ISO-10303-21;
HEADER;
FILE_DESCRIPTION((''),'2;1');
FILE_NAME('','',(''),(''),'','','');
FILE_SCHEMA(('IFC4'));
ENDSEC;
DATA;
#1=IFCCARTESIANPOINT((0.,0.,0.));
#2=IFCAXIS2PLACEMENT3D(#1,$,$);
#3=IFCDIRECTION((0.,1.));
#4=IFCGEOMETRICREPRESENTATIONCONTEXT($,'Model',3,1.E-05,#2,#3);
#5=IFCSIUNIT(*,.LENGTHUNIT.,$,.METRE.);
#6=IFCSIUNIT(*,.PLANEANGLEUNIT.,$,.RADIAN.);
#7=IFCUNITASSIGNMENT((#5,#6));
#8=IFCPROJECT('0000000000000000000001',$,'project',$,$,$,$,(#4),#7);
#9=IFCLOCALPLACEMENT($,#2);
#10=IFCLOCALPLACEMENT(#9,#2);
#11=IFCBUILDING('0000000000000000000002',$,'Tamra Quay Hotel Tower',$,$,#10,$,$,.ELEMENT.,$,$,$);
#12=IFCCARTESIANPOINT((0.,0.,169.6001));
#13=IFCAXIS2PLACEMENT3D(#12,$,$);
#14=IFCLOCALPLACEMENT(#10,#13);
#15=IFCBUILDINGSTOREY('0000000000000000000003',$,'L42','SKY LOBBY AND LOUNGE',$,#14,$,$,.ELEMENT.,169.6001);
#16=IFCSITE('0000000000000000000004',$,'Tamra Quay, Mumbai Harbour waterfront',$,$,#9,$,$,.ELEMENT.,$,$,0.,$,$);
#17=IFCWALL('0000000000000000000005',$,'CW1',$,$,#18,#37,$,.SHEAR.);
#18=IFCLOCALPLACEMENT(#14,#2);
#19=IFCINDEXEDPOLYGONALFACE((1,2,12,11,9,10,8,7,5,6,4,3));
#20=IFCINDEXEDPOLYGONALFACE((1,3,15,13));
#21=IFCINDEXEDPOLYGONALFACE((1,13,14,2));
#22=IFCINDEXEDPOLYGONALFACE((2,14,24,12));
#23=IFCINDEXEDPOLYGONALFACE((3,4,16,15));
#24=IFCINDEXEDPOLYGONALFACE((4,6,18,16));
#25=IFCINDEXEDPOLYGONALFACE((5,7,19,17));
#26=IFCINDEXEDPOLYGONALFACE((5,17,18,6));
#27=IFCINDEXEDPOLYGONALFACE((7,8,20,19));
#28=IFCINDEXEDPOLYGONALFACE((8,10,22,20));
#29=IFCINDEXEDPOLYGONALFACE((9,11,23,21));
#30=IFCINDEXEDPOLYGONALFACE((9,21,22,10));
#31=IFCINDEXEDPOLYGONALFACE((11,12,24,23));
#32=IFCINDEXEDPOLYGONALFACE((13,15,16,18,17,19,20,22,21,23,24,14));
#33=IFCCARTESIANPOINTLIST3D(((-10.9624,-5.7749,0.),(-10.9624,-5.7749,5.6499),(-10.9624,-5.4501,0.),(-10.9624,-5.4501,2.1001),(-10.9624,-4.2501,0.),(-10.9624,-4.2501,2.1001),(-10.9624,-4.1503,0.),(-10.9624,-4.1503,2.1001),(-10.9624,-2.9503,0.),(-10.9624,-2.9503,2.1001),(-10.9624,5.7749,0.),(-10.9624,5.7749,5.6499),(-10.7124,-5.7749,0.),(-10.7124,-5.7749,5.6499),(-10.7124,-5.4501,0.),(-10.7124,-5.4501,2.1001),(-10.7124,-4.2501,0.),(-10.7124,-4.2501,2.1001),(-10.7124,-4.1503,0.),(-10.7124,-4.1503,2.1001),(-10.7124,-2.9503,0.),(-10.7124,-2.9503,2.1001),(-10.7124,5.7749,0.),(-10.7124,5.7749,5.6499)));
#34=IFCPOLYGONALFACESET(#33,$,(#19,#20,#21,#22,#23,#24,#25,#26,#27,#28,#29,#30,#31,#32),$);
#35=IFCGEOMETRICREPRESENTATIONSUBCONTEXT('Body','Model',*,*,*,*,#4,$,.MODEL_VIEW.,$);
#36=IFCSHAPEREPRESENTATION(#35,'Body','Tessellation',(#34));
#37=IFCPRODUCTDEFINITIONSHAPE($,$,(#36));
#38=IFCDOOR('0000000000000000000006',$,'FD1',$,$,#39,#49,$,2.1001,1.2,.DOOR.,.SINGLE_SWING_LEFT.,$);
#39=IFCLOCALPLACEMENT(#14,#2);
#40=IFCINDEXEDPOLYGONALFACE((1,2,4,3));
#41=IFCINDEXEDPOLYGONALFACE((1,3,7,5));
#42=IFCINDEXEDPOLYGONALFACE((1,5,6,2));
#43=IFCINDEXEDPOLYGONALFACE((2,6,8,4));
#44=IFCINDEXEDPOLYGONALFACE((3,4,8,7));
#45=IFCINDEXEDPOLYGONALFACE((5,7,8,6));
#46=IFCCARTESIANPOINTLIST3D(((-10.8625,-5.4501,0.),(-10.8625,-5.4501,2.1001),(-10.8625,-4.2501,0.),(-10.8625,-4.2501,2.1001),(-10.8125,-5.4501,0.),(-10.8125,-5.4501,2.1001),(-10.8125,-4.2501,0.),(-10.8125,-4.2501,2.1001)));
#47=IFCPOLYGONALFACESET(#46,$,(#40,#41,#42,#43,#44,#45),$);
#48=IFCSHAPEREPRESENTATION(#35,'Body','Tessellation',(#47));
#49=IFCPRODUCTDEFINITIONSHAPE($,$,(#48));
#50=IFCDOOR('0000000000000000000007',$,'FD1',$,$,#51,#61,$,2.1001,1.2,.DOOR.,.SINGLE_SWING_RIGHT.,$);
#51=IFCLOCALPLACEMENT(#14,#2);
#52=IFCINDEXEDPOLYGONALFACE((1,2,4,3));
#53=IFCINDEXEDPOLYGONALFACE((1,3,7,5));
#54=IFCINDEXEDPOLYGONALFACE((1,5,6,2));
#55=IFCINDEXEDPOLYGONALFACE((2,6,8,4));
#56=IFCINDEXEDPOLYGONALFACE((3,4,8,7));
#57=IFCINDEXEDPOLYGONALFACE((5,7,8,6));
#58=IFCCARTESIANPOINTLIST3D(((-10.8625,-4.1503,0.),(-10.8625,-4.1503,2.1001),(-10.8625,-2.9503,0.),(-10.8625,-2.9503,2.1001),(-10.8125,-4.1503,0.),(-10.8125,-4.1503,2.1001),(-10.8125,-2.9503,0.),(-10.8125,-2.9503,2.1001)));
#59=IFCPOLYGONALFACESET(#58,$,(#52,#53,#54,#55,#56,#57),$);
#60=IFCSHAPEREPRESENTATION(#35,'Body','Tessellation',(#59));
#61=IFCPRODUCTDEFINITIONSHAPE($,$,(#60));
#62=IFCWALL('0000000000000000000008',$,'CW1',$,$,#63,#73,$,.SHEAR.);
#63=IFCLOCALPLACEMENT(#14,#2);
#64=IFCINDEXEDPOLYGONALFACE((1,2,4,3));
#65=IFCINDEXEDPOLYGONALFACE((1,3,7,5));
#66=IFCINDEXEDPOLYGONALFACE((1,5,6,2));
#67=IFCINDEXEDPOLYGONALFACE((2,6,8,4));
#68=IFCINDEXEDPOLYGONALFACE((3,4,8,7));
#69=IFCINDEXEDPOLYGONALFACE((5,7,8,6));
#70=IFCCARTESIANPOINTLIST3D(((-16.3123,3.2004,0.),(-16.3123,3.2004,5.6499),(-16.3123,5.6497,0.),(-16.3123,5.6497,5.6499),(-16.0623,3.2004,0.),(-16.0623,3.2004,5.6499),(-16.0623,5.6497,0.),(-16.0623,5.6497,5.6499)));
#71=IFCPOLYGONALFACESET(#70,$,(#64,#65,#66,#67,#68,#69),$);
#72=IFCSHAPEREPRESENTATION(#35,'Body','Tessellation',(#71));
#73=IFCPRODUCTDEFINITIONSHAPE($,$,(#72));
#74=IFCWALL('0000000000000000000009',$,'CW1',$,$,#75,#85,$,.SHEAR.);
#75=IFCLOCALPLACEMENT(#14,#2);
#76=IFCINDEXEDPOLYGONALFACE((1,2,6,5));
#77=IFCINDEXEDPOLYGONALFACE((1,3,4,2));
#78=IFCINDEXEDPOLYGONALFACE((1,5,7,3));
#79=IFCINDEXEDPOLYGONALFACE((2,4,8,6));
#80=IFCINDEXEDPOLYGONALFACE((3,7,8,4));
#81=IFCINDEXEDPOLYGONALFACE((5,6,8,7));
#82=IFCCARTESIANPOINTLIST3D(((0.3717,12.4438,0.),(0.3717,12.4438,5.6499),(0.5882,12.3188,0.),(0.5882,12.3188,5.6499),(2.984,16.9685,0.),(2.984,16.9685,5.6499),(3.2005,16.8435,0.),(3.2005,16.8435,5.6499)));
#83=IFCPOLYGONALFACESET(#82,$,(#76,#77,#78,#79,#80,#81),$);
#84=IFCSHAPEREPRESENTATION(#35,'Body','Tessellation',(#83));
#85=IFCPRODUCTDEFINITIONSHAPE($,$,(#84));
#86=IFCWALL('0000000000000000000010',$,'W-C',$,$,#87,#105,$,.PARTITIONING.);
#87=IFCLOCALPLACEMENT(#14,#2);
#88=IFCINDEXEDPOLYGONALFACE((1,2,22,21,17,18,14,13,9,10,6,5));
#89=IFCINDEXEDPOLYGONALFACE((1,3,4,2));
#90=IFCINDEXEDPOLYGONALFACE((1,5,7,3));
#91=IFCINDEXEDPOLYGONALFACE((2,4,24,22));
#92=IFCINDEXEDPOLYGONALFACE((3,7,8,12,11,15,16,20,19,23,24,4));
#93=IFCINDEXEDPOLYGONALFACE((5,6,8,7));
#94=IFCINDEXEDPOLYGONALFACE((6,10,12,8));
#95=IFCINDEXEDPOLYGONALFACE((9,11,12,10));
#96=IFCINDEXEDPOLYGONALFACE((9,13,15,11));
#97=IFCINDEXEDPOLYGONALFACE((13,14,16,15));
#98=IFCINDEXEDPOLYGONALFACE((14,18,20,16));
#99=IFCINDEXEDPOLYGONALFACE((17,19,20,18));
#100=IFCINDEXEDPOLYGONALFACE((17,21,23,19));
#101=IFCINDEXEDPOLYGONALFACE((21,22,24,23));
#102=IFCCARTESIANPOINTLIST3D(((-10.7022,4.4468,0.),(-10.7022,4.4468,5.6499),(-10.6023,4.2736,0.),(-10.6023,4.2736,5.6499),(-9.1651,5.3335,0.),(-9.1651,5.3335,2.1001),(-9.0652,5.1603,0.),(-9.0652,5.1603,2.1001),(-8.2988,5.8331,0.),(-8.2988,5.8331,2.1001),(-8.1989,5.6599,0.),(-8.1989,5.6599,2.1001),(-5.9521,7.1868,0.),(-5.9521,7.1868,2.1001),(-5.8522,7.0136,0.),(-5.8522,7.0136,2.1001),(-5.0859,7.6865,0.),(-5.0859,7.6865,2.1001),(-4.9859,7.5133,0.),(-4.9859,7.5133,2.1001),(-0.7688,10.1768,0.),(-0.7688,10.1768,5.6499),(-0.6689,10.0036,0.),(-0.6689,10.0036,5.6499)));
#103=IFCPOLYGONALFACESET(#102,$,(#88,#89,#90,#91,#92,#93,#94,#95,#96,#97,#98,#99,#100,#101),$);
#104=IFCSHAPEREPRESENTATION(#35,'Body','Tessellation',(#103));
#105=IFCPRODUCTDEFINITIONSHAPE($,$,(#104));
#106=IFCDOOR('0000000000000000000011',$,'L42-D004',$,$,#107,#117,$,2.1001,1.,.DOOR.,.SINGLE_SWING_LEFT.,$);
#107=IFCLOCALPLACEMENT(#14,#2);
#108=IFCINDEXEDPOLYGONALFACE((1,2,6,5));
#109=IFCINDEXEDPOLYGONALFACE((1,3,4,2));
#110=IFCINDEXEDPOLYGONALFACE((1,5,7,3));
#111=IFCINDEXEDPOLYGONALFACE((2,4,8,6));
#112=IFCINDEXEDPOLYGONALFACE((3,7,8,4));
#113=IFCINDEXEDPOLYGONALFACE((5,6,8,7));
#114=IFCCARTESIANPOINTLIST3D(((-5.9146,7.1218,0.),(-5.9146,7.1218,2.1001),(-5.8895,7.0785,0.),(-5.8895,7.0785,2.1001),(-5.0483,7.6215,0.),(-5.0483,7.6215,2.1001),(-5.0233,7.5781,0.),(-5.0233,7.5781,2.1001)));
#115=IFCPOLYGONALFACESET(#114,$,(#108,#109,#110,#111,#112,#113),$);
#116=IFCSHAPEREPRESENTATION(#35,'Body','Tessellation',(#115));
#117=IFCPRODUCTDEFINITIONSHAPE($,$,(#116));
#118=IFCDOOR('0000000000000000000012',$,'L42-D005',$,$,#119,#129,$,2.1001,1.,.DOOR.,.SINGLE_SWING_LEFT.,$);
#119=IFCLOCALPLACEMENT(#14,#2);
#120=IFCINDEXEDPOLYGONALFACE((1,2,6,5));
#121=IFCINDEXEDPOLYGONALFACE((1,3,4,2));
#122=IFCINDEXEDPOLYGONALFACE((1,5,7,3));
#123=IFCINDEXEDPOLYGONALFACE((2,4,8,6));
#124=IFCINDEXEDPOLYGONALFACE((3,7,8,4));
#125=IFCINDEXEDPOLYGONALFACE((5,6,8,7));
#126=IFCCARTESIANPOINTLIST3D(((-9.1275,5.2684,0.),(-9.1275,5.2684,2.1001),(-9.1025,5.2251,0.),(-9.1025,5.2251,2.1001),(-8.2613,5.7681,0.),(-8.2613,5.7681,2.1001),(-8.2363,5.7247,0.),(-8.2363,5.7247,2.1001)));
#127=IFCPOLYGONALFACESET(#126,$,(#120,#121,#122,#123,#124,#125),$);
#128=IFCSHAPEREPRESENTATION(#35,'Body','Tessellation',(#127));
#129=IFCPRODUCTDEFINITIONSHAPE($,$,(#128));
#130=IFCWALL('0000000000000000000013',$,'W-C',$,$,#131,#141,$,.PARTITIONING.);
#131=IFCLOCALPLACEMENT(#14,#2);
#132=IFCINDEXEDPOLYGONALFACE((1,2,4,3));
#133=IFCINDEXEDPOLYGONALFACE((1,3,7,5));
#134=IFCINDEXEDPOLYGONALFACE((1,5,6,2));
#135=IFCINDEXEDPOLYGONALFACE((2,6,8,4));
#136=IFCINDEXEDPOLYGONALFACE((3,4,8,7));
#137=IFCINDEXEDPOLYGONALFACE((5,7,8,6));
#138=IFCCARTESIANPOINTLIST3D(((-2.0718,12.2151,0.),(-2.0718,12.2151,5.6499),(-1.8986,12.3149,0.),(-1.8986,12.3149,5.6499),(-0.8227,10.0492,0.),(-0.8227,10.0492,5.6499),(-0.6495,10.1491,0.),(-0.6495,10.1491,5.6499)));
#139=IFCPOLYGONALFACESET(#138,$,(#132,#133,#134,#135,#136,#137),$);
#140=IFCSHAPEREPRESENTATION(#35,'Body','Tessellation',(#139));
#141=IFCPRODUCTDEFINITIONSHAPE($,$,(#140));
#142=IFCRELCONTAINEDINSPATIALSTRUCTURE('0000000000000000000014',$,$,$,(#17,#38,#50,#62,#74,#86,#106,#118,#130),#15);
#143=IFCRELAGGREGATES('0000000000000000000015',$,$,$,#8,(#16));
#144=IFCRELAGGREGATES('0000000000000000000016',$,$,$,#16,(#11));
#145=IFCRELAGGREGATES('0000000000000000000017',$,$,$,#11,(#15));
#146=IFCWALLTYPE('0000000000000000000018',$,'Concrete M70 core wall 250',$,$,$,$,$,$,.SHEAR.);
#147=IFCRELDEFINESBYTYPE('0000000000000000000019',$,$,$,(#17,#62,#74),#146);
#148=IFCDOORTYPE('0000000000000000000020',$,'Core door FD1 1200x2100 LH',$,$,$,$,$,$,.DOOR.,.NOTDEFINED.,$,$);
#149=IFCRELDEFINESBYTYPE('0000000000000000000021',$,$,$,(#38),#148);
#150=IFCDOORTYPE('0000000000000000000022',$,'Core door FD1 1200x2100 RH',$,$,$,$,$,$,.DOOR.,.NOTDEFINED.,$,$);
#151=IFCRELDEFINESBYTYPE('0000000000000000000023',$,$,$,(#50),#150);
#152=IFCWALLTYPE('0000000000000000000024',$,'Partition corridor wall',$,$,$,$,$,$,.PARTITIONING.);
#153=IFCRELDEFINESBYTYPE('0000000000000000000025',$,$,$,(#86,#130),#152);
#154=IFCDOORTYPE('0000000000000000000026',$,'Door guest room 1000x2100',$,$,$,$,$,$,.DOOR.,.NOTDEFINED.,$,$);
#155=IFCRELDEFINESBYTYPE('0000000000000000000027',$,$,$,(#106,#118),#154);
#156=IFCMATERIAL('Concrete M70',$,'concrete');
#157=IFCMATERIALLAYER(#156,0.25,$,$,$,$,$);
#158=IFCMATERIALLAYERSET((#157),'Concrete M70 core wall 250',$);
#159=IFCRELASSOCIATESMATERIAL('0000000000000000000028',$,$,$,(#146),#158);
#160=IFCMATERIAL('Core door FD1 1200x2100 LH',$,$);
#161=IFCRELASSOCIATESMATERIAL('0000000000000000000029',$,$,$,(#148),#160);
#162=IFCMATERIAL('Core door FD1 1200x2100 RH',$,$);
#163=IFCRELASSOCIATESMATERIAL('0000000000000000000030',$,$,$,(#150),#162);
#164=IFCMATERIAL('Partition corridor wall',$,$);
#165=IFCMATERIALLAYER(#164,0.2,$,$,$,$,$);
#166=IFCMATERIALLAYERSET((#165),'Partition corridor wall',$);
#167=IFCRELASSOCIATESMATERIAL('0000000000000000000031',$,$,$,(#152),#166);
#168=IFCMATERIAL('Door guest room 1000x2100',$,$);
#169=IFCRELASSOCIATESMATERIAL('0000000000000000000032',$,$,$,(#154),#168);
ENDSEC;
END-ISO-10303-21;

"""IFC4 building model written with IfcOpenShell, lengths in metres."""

from ifc_helpers import new_model, si_unit, direction, frame, frame_2d, origin, place, context, subcontext, project, spatial, rectangle, extrude, material, layer, layer_set, type_object, element, fill, save


model = new_model("IFC4")

# Units and contexts
model_context = context("Model", 3, precision=1e-05, world=origin(), true_north=direction((0.0, 1.0)))
body_context = subcontext(model_context, "Body", "Model", "MODEL_VIEW")
ifc_project = project(units=[si_unit("LENGTHUNIT", "METRE"), si_unit("PLANEANGLEUNIT", "RADIAN")], contexts=[model_context])

# Site, building, storey
site_placement = place(None, origin())
site = spatial("IfcSite", under=ifc_project, at=site_placement, Name="Tamra Quay, Mumbai Harbour waterfront", CompositionType="ELEMENT", RefElevation=0.0)
building_placement = place(site_placement, origin())
building = spatial("IfcBuilding", under=site, at=building_placement, Name="Tamra Quay Hotel Tower", CompositionType="ELEMENT")
storey_placement = place(building_placement, frame((0.0, 0.0, 169.6001)))
storey = spatial("IfcBuildingStorey", under=building, at=storey_placement, Name="L42", Description="SKY LOBBY AND LOUNGE", CompositionType="ELEMENT", Elevation=169.6001)

# Shared definitions
ifc_material_1 = material(Name="Concrete M70", Category="concrete")

# Wall, openings, doors
ifc_layer_1 = layer(ifc_material_1, 0.25)
ifc_layer_set_1 = layer_set([ifc_layer_1], Name="Concrete M70 core wall 250")
wall_type_1 = type_object("IfcWallType", Name="Concrete M70 core wall 250", PredefinedType="SHEAR", material=ifc_layer_set_1)
wall_1_placement = place(storey_placement, frame((-10.8374, 5.7749, 0.0), z_axis=(0.0, 0.0, 1.0), x_axis=(0.0, -1.0, 0.0)))
wall_1 = element("IfcWall", 1, at=wall_1_placement, inside=storey, type_object=wall_type_1, Name="CW1", PredefinedType="SHEAR", context=body_context, shape_type="SweptSolid", body=[
    extrude(rectangle(XDim=11.5498, YDim=0.25, at=frame_2d((5.7749, 0.0))), origin(), (0.0, 0.0, 1.0), 5.6499),
])
opening_1_placement = place(wall_1_placement, frame((10.0249, 0.0, 0.0)))
opening_1 = element("IfcOpeningElement", 2, at=opening_1_placement, cuts=wall_1, PredefinedType="OPENING", context=body_context, shape_type="SweptSolid", body=[
    extrude(rectangle(XDim=1.2, YDim=2.1001, at=frame_2d((0.6001, 1.05))), frame((0.0, 0.135, 0.0), z_axis=(0.0, -1.0, 0.0), x_axis=(1.0, 0.0, 0.0)), (0.0, 0.0, 1.0), 0.27),
])
opening_2_placement = place(wall_1_placement, frame((8.7251, 0.0, 0.0)))
opening_2 = element("IfcOpeningElement", 3, at=opening_2_placement, cuts=wall_1, PredefinedType="OPENING", context=body_context, shape_type="SweptSolid", body=[
    extrude(rectangle(XDim=1.2, YDim=2.1001, at=frame_2d((0.6001, 1.05))), frame((0.0, 0.135, 0.0), z_axis=(0.0, -1.0, 0.0), x_axis=(1.0, 0.0, 0.0)), (0.0, 0.0, 1.0), 0.27),
])
ifc_material_2 = material(Name="Core door FD1 1200x2100 LH")
door_type_1 = type_object("IfcDoorType", Name="Core door FD1 1200x2100 LH", OperationType="NOTDEFINED", PredefinedType="DOOR", material=ifc_material_2)
door_1_placement = place(opening_1_placement, origin())
door_1 = element("IfcDoor", 4, at=door_1_placement, inside=storey, type_object=door_type_1, Name="FD1", OperationType="SINGLE_SWING_LEFT", OverallHeight=2.1001, OverallWidth=1.2, PredefinedType="DOOR", context=body_context, shape_type="SweptSolid", body=[
    extrude(rectangle(XDim=1.2, YDim=2.1001, at=frame_2d((0.6001, 1.05))), frame((0.0, 0.0249, 0.0), z_axis=(0.0, -1.0, 0.0), x_axis=(1.0, 0.0, 0.0)), (0.0, 0.0, 1.0), 0.05),
])
fill(opening_1, door_1)
ifc_material_3 = material(Name="Core door FD1 1200x2100 RH")
door_type_2 = type_object("IfcDoorType", Name="Core door FD1 1200x2100 RH", OperationType="NOTDEFINED", PredefinedType="DOOR", material=ifc_material_3)
door_2_placement = place(opening_2_placement, origin())
door_2 = element("IfcDoor", 5, at=door_2_placement, inside=storey, type_object=door_type_2, Name="FD1", OperationType="SINGLE_SWING_RIGHT", OverallHeight=2.1001, OverallWidth=1.2, PredefinedType="DOOR", context=body_context, shape_type="SweptSolid", body=[
    extrude(rectangle(XDim=1.2, YDim=2.1001, at=frame_2d((0.6001, 1.05))), frame((0.0, 0.0249, 0.0), z_axis=(0.0, -1.0, 0.0), x_axis=(1.0, 0.0, 0.0)), (0.0, 0.0, 1.0), 0.05),
])
fill(opening_2, door_2)

# Walls
wall_2_placement = place(storey_placement, frame((-16.1873, 3.2004, 0.0), z_axis=(0.0, 0.0, 1.0), x_axis=(0.0, 1.0, 0.0)))
element("IfcWall", 6, at=wall_2_placement, inside=storey, type_object=wall_type_1, Name="CW1", PredefinedType="SHEAR", context=body_context, shape_type="SweptSolid", body=[
    extrude(rectangle(XDim=2.4492, YDim=0.25, at=frame_2d((1.2246, 0.0))), origin(), (0.0, 0.0, 1.0), 5.6499),
])
wall_3_placement = place(storey_placement, frame((0.48, 12.3813, 0.0), z_axis=(0.0, 0.0, 1.0), x_axis=(0.499999, 0.866026, 0.0)))
element("IfcWall", 7, at=wall_3_placement, inside=storey, type_object=wall_type_1, Name="CW1", PredefinedType="SHEAR", context=body_context, shape_type="SweptSolid", body=[
    extrude(rectangle(XDim=5.2246, YDim=0.25, at=frame_2d((2.6123, 0.0))), origin(), (0.0, 0.0, 1.0), 5.6499),
])

# Wall, openings, doors
ifc_material_4 = material(Name="Partition corridor wall")
ifc_layer_2 = layer(ifc_material_4, 0.2)
ifc_layer_set_2 = layer_set([ifc_layer_2], Name="Partition corridor wall")
wall_type_2 = type_object("IfcWallType", Name="Partition corridor wall", PredefinedType="PARTITIONING", material=ifc_layer_set_2)
wall_4_placement = place(storey_placement, frame((-10.6523, 4.3601, 0.0), z_axis=(0.0, 0.0, 1.0), x_axis=(0.866216, 0.49967, 0.0)))
wall_4 = element("IfcWall", 8, at=wall_4_placement, inside=storey, type_object=wall_type_2, Name="W-C", PredefinedType="PARTITIONING", context=body_context, shape_type="SweptSolid", body=[
    extrude(rectangle(XDim=11.4675, YDim=0.2, at=frame_2d((5.7339, 0.0))), origin(), (0.0, 0.0, 1.0), 5.6499),
])
opening_3_placement = place(wall_4_placement, frame((5.4839, 0.0, 0.0)))
opening_3 = element("IfcOpeningElement", 9, at=opening_3_placement, cuts=wall_4, PredefinedType="OPENING", context=body_context, shape_type="SweptSolid", body=[
    extrude(rectangle(XDim=1.0, YDim=2.1001, at=frame_2d((0.5, 1.05))), frame((0.0, 0.1099, 0.0), z_axis=(0.0, -1.0, 0.0), x_axis=(1.0, 0.0, 0.0)), (0.0, 0.0, 1.0), 0.22),
])
opening_4_placement = place(wall_4_placement, frame((1.7747, 0.0, 0.0)))
opening_4 = element("IfcOpeningElement", 10, at=opening_4_placement, cuts=wall_4, PredefinedType="OPENING", context=body_context, shape_type="SweptSolid", body=[
    extrude(rectangle(XDim=1.0, YDim=2.1001, at=frame_2d((0.5, 1.05))), frame((0.0, 0.1099, 0.0), z_axis=(0.0, -1.0, 0.0), x_axis=(1.0, 0.0, 0.0)), (0.0, 0.0, 1.0), 0.22),
])
ifc_material_5 = material(Name="Door guest room 1000x2100")
door_type_3 = type_object("IfcDoorType", Name="Door guest room 1000x2100", OperationType="NOTDEFINED", PredefinedType="DOOR", material=ifc_material_5)
door_3_placement = place(opening_3_placement, origin())
door_3 = element("IfcDoor", 11, at=door_3_placement, inside=storey, type_object=door_type_3, Name="L42-D004", OperationType="SINGLE_SWING_LEFT", OverallHeight=2.1001, OverallWidth=1.0, PredefinedType="DOOR", context=body_context, shape_type="SweptSolid", body=[
    extrude(rectangle(XDim=1.0, YDim=2.1001, at=frame_2d((0.5, 1.05))), frame((0.0, 0.0249, 0.0), z_axis=(0.0, -1.0, 0.0), x_axis=(1.0, 0.0, 0.0)), (0.0, 0.0, 1.0), 0.05),
])
fill(opening_3, door_3)
door_4_placement = place(opening_4_placement, origin())
door_4 = element("IfcDoor", 12, at=door_4_placement, inside=storey, type_object=door_type_3, Name="L42-D005", OperationType="SINGLE_SWING_LEFT", OverallHeight=2.1001, OverallWidth=1.0, PredefinedType="DOOR", context=body_context, shape_type="SweptSolid", body=[
    extrude(rectangle(XDim=1.0, YDim=2.1001, at=frame_2d((0.5, 1.05))), frame((0.0, 0.0249, 0.0), z_axis=(0.0, -1.0, 0.0), x_axis=(1.0, 0.0, 0.0)), (0.0, 0.0, 1.0), 0.05),
])
fill(opening_4, door_4)

# Wall
wall_5_placement = place(storey_placement, frame((-1.9851, 12.2649, 0.0), z_axis=(0.0, 0.0, 1.0), x_axis=(0.499584, -0.866265, 0.0)))
element("IfcWall", 13, at=wall_5_placement, inside=storey, type_object=wall_type_2, Name="W-C", PredefinedType="PARTITIONING", context=body_context, shape_type="SweptSolid", body=[
    extrude(rectangle(XDim=2.5002, YDim=0.2, at=frame_2d((1.25, 0.0))), origin(), (0.0, 0.0, 1.0), 5.6499),
])

save(model, "model.ifc")
